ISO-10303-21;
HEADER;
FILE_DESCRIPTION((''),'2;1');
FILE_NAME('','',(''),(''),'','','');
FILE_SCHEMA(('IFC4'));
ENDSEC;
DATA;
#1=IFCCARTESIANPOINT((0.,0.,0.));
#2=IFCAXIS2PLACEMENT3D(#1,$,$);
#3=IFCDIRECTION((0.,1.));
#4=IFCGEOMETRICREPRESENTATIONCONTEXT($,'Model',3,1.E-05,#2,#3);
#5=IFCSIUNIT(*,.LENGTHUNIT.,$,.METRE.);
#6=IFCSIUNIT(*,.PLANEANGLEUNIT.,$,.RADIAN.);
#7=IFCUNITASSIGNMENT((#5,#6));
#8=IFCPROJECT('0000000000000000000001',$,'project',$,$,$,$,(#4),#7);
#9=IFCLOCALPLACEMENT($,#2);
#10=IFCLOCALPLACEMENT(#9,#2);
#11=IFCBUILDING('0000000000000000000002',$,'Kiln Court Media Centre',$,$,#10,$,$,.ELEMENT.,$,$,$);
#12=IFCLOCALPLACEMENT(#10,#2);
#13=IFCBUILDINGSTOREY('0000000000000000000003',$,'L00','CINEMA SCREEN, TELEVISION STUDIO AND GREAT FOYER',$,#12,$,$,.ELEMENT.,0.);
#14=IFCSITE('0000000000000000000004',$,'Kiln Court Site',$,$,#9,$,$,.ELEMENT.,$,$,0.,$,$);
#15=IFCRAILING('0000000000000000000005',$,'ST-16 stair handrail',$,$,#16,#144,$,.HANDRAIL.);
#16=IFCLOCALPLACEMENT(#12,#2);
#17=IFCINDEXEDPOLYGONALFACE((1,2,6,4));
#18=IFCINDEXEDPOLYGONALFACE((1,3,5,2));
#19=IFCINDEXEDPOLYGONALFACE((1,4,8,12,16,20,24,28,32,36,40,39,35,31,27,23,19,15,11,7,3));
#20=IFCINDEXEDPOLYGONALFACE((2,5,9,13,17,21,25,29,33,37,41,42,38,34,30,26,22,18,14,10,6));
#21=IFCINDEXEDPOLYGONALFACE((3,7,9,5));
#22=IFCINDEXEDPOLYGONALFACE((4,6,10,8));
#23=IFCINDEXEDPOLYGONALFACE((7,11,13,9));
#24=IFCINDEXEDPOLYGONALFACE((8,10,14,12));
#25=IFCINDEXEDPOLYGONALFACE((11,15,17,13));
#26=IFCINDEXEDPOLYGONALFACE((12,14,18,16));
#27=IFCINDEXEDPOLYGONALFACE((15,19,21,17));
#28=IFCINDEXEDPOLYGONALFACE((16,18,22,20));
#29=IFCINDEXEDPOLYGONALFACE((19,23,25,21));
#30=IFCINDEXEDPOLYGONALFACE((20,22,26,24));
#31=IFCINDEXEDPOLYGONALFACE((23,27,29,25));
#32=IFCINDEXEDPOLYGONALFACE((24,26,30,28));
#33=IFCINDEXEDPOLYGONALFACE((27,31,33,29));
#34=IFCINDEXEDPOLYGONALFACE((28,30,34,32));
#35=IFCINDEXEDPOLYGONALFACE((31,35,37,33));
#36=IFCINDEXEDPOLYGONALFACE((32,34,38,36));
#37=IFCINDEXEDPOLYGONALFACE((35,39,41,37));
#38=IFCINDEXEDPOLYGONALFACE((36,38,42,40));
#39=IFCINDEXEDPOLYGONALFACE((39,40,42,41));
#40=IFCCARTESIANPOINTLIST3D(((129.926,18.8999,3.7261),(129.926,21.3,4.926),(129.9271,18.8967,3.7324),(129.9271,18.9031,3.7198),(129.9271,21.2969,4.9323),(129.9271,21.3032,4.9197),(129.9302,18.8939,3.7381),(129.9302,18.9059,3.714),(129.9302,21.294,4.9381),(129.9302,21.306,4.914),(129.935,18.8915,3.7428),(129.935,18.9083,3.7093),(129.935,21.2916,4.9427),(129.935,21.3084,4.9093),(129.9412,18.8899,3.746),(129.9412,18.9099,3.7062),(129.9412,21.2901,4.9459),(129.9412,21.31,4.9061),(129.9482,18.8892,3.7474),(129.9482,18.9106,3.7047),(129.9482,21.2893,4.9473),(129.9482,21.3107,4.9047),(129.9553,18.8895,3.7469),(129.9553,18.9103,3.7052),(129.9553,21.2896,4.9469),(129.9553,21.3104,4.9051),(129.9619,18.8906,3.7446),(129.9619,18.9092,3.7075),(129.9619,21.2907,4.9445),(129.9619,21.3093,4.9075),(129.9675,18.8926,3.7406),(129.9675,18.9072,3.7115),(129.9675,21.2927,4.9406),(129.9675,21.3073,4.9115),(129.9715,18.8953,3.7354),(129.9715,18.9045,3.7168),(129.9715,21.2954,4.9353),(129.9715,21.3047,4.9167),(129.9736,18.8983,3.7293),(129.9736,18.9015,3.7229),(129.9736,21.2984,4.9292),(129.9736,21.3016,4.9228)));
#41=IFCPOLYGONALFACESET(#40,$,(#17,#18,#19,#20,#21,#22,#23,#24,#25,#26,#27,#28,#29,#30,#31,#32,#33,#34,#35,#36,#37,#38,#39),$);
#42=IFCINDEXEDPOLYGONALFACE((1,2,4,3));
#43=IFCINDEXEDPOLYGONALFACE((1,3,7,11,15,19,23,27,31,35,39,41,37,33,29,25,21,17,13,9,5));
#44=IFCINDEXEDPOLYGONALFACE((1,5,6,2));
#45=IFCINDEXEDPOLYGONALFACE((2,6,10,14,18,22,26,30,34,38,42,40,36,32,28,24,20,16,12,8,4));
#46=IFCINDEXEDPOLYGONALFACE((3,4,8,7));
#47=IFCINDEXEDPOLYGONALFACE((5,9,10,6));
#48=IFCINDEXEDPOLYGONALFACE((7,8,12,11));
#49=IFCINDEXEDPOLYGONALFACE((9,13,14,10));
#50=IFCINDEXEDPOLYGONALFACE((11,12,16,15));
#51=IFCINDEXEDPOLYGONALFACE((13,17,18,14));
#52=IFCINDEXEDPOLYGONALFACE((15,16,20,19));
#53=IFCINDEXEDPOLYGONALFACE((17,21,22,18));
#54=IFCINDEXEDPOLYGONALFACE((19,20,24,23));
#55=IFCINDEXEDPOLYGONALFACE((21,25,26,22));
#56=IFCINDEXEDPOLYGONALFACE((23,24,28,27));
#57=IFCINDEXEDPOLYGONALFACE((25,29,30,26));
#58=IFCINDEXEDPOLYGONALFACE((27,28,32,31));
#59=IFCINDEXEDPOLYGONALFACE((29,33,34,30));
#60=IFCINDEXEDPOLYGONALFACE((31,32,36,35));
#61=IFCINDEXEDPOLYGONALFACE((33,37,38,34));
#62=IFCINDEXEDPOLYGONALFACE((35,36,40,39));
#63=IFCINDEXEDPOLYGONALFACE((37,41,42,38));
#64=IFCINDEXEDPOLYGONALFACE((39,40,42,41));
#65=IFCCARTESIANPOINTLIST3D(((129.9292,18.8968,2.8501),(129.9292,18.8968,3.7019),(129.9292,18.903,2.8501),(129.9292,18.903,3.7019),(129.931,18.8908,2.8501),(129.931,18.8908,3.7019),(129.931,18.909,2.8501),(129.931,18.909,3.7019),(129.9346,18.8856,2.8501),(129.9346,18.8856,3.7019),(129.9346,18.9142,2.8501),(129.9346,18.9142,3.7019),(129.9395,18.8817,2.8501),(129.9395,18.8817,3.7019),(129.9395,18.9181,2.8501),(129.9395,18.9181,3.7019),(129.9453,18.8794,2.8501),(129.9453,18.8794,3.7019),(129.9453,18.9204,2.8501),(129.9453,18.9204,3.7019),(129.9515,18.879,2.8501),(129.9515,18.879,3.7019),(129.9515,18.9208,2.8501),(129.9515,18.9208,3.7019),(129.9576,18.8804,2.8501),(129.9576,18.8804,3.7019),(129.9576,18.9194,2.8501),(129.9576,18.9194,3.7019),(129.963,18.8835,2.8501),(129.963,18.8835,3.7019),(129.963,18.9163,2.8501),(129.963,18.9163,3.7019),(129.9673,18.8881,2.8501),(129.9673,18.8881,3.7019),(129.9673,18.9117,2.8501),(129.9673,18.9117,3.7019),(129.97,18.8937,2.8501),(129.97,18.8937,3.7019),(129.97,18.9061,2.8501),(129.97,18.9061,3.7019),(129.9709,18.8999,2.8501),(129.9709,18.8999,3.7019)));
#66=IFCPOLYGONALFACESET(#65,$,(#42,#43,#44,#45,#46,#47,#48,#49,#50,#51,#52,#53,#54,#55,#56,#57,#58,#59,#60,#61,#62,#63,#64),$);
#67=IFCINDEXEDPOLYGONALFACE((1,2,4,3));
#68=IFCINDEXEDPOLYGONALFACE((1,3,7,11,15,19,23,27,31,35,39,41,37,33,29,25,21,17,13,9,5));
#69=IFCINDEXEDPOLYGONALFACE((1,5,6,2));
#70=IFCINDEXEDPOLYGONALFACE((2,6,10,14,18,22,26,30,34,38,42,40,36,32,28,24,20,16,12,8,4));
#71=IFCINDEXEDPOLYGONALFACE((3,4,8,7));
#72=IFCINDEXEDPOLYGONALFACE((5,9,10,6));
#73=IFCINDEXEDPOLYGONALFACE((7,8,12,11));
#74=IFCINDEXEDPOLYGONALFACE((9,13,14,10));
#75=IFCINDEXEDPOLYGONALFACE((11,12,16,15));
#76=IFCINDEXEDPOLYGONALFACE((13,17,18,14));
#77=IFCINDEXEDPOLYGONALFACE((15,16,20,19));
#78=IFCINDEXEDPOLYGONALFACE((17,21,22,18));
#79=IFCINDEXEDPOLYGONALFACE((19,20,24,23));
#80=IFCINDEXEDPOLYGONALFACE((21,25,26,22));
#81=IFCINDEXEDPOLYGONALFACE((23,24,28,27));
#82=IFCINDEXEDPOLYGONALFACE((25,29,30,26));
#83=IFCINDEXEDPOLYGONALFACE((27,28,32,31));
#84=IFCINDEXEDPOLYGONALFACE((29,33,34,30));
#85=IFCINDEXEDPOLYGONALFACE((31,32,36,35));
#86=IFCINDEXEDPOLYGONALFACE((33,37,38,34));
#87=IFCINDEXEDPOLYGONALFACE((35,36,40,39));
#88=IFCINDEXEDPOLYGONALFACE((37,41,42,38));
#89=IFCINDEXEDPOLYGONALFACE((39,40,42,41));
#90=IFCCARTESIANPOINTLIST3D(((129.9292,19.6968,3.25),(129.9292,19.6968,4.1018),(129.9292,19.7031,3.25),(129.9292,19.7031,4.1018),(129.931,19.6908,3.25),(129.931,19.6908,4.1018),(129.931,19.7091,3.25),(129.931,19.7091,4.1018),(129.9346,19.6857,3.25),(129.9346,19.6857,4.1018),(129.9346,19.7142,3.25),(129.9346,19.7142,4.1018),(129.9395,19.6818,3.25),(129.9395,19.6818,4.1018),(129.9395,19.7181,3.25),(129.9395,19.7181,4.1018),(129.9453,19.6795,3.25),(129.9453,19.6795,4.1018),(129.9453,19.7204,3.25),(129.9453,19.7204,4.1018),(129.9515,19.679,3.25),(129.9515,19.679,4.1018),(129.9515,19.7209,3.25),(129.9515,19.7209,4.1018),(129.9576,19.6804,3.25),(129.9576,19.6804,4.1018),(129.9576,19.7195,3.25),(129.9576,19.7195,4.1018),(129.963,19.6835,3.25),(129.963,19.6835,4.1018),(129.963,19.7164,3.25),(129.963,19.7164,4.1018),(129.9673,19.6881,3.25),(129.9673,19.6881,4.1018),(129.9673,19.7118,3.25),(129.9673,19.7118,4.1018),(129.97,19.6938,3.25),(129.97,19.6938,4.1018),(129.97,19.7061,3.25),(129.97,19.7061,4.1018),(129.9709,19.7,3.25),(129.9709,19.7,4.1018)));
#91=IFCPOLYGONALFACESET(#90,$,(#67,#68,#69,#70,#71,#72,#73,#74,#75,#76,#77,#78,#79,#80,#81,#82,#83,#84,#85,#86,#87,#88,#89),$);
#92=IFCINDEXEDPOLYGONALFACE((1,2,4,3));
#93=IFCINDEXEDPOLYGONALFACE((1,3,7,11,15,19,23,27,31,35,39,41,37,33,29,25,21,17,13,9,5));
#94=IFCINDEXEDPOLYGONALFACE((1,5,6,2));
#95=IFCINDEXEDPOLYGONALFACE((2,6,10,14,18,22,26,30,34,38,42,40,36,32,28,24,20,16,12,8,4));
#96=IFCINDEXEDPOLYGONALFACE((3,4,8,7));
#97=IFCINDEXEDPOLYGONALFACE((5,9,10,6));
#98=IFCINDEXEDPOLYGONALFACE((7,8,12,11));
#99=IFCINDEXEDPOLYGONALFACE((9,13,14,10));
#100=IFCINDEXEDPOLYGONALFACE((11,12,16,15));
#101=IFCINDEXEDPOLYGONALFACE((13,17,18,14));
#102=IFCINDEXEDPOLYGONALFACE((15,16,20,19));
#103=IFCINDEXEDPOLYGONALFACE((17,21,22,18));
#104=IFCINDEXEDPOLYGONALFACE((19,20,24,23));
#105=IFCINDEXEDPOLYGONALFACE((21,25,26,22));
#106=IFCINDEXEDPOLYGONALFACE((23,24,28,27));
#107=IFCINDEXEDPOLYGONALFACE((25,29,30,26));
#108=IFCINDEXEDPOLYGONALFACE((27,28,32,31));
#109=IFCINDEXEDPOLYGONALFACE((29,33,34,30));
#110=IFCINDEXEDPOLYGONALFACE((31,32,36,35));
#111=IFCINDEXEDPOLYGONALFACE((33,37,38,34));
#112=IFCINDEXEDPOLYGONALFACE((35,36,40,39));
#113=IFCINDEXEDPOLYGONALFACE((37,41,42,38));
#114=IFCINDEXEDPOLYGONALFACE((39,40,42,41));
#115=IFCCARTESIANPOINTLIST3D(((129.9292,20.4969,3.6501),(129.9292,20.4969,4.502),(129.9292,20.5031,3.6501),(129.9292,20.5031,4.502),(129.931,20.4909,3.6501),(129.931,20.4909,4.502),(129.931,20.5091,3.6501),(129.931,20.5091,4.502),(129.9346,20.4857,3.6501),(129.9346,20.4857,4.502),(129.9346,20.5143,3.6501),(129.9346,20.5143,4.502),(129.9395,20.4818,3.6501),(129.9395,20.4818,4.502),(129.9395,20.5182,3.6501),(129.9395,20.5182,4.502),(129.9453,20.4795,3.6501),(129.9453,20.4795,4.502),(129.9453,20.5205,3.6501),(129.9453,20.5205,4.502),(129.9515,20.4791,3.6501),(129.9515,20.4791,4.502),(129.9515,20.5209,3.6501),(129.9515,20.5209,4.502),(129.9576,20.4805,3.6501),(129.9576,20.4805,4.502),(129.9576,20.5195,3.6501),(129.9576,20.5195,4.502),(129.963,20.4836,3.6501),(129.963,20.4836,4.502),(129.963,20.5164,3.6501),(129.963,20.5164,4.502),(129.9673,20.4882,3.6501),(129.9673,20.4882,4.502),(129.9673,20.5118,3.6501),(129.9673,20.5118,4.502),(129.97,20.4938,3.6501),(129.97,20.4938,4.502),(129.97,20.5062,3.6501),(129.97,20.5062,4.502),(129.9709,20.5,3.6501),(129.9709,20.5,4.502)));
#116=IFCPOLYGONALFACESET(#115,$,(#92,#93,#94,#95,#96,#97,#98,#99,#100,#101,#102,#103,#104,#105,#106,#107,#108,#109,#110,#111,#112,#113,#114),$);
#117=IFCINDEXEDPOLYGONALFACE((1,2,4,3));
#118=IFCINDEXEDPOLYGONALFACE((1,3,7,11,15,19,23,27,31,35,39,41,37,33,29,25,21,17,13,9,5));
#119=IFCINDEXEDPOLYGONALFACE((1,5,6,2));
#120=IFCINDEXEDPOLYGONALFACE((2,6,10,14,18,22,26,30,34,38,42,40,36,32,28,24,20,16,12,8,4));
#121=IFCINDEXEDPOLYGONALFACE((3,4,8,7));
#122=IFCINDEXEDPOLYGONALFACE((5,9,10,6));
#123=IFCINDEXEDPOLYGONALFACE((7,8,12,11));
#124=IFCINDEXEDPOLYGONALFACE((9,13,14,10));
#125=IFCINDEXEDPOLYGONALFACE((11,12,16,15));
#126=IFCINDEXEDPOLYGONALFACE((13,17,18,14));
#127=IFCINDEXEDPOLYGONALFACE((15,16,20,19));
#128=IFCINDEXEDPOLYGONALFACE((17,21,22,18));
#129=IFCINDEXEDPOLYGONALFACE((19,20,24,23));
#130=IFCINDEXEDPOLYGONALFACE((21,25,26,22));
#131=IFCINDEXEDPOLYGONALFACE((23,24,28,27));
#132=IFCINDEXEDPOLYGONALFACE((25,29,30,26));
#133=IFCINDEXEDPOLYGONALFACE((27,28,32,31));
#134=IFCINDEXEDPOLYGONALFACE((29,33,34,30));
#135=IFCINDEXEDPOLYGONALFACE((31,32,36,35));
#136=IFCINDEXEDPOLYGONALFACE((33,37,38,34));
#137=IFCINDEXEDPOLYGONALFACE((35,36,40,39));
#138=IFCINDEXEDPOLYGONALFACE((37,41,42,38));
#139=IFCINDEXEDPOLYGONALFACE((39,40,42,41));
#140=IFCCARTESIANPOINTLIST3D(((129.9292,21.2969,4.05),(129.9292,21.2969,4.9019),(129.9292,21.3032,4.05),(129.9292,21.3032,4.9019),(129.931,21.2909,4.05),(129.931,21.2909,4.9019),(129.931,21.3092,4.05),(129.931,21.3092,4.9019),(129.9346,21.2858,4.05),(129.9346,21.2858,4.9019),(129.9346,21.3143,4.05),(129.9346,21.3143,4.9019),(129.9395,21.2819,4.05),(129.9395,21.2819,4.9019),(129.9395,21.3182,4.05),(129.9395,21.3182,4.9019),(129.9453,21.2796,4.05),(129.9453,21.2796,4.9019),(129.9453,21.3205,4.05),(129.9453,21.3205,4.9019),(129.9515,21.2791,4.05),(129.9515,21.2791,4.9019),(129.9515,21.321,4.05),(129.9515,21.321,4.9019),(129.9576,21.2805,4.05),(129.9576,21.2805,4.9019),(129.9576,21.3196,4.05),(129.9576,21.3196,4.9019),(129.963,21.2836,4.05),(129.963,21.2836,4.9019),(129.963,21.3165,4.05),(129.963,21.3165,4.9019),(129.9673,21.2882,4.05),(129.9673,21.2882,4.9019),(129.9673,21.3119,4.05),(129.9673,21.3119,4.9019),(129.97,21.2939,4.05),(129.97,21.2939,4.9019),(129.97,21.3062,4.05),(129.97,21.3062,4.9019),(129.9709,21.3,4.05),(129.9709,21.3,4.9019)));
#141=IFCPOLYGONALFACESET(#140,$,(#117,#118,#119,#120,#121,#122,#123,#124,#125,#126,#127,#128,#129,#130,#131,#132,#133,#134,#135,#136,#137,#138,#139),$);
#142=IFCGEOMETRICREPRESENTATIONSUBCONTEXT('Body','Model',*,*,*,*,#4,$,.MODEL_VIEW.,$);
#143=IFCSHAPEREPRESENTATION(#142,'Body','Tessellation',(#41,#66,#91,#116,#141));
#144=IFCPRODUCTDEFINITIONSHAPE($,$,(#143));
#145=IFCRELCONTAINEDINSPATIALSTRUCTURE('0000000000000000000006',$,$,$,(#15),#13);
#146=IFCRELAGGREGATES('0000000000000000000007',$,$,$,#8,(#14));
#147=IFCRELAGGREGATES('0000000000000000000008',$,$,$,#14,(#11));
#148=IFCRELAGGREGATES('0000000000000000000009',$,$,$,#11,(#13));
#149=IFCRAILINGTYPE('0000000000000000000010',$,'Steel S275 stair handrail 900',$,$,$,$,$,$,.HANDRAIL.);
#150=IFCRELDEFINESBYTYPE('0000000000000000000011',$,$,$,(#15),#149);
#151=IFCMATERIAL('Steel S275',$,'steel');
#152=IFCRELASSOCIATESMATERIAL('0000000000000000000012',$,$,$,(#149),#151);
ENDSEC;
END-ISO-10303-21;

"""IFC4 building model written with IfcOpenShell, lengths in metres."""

from ifc_helpers import new_model, si_unit, direction, frame, origin, origin_2d, place, context, subcontext, project, spatial, circle, extrude, material, type_object, element, save


model = new_model("IFC4")

# Units and contexts
model_context = context("Model", 3, precision=1e-05, world=origin(), true_north=direction((0.0, 1.0)))
body_context = subcontext(model_context, "Body", "Model", "MODEL_VIEW")
ifc_project = project(units=[si_unit("LENGTHUNIT", "METRE"), si_unit("PLANEANGLEUNIT", "RADIAN")], contexts=[model_context])

# Site, building, storey
site_placement = place(None, origin())
site = spatial("IfcSite", under=ifc_project, at=site_placement, Name="Kiln Court Site", CompositionType="ELEMENT", RefElevation=0.0)
building_placement = place(site_placement, origin())
building = spatial("IfcBuilding", under=site, at=building_placement, Name="Kiln Court Media Centre", CompositionType="ELEMENT")
storey_placement = place(building_placement, origin())
storey = spatial("IfcBuildingStorey", under=building, at=storey_placement, Name="L00", Description="CINEMA SCREEN, TELEVISION STUDIO AND GREAT FOYER", CompositionType="ELEMENT", Elevation=0.0)

# Railing
ifc_material_1 = material(Name="Steel S275", Category="steel")
railing_type_1 = type_object("IfcRailingType", Name="Steel S275 stair handrail 900", PredefinedType="HANDRAIL", material=ifc_material_1)
railing_1_placement = place(storey_placement, frame((129.95, 18.8999, 2.8501)))
element("IfcRailing", 1, at=railing_1_placement, inside=storey, type_object=railing_type_1, Name="ST-16 stair handrail", PredefinedType="HANDRAIL", context=body_context, shape_type="SweptSolid", body=[
    extrude(circle(Radius=0.0239, at=origin_2d()), frame((0.0, 0.0, 0.876), z_axis=(0.0, 0.894445, 0.447177), x_axis=(-1.0, 0.0, 0.0)), (0.0, 0.0, 1.0), 2.6833),
    extrude(circle(Radius=0.021, at=origin_2d()), origin(), (0.0, 0.0, 1.0), 0.8518),
    extrude(circle(Radius=0.021, at=origin_2d()), frame((0.0, 0.8, 0.3999)), (0.0, 0.0, 1.0), 0.8518),
    extrude(circle(Radius=0.021, at=origin_2d()), frame((0.0, 1.6001, 0.8)), (0.0, 0.0, 1.0), 0.8518),
    extrude(circle(Radius=0.021, at=origin_2d()), frame((0.0, 2.4001, 1.2)), (0.0, 0.0, 1.0), 0.8518),
])

save(model, "model.ifc")
